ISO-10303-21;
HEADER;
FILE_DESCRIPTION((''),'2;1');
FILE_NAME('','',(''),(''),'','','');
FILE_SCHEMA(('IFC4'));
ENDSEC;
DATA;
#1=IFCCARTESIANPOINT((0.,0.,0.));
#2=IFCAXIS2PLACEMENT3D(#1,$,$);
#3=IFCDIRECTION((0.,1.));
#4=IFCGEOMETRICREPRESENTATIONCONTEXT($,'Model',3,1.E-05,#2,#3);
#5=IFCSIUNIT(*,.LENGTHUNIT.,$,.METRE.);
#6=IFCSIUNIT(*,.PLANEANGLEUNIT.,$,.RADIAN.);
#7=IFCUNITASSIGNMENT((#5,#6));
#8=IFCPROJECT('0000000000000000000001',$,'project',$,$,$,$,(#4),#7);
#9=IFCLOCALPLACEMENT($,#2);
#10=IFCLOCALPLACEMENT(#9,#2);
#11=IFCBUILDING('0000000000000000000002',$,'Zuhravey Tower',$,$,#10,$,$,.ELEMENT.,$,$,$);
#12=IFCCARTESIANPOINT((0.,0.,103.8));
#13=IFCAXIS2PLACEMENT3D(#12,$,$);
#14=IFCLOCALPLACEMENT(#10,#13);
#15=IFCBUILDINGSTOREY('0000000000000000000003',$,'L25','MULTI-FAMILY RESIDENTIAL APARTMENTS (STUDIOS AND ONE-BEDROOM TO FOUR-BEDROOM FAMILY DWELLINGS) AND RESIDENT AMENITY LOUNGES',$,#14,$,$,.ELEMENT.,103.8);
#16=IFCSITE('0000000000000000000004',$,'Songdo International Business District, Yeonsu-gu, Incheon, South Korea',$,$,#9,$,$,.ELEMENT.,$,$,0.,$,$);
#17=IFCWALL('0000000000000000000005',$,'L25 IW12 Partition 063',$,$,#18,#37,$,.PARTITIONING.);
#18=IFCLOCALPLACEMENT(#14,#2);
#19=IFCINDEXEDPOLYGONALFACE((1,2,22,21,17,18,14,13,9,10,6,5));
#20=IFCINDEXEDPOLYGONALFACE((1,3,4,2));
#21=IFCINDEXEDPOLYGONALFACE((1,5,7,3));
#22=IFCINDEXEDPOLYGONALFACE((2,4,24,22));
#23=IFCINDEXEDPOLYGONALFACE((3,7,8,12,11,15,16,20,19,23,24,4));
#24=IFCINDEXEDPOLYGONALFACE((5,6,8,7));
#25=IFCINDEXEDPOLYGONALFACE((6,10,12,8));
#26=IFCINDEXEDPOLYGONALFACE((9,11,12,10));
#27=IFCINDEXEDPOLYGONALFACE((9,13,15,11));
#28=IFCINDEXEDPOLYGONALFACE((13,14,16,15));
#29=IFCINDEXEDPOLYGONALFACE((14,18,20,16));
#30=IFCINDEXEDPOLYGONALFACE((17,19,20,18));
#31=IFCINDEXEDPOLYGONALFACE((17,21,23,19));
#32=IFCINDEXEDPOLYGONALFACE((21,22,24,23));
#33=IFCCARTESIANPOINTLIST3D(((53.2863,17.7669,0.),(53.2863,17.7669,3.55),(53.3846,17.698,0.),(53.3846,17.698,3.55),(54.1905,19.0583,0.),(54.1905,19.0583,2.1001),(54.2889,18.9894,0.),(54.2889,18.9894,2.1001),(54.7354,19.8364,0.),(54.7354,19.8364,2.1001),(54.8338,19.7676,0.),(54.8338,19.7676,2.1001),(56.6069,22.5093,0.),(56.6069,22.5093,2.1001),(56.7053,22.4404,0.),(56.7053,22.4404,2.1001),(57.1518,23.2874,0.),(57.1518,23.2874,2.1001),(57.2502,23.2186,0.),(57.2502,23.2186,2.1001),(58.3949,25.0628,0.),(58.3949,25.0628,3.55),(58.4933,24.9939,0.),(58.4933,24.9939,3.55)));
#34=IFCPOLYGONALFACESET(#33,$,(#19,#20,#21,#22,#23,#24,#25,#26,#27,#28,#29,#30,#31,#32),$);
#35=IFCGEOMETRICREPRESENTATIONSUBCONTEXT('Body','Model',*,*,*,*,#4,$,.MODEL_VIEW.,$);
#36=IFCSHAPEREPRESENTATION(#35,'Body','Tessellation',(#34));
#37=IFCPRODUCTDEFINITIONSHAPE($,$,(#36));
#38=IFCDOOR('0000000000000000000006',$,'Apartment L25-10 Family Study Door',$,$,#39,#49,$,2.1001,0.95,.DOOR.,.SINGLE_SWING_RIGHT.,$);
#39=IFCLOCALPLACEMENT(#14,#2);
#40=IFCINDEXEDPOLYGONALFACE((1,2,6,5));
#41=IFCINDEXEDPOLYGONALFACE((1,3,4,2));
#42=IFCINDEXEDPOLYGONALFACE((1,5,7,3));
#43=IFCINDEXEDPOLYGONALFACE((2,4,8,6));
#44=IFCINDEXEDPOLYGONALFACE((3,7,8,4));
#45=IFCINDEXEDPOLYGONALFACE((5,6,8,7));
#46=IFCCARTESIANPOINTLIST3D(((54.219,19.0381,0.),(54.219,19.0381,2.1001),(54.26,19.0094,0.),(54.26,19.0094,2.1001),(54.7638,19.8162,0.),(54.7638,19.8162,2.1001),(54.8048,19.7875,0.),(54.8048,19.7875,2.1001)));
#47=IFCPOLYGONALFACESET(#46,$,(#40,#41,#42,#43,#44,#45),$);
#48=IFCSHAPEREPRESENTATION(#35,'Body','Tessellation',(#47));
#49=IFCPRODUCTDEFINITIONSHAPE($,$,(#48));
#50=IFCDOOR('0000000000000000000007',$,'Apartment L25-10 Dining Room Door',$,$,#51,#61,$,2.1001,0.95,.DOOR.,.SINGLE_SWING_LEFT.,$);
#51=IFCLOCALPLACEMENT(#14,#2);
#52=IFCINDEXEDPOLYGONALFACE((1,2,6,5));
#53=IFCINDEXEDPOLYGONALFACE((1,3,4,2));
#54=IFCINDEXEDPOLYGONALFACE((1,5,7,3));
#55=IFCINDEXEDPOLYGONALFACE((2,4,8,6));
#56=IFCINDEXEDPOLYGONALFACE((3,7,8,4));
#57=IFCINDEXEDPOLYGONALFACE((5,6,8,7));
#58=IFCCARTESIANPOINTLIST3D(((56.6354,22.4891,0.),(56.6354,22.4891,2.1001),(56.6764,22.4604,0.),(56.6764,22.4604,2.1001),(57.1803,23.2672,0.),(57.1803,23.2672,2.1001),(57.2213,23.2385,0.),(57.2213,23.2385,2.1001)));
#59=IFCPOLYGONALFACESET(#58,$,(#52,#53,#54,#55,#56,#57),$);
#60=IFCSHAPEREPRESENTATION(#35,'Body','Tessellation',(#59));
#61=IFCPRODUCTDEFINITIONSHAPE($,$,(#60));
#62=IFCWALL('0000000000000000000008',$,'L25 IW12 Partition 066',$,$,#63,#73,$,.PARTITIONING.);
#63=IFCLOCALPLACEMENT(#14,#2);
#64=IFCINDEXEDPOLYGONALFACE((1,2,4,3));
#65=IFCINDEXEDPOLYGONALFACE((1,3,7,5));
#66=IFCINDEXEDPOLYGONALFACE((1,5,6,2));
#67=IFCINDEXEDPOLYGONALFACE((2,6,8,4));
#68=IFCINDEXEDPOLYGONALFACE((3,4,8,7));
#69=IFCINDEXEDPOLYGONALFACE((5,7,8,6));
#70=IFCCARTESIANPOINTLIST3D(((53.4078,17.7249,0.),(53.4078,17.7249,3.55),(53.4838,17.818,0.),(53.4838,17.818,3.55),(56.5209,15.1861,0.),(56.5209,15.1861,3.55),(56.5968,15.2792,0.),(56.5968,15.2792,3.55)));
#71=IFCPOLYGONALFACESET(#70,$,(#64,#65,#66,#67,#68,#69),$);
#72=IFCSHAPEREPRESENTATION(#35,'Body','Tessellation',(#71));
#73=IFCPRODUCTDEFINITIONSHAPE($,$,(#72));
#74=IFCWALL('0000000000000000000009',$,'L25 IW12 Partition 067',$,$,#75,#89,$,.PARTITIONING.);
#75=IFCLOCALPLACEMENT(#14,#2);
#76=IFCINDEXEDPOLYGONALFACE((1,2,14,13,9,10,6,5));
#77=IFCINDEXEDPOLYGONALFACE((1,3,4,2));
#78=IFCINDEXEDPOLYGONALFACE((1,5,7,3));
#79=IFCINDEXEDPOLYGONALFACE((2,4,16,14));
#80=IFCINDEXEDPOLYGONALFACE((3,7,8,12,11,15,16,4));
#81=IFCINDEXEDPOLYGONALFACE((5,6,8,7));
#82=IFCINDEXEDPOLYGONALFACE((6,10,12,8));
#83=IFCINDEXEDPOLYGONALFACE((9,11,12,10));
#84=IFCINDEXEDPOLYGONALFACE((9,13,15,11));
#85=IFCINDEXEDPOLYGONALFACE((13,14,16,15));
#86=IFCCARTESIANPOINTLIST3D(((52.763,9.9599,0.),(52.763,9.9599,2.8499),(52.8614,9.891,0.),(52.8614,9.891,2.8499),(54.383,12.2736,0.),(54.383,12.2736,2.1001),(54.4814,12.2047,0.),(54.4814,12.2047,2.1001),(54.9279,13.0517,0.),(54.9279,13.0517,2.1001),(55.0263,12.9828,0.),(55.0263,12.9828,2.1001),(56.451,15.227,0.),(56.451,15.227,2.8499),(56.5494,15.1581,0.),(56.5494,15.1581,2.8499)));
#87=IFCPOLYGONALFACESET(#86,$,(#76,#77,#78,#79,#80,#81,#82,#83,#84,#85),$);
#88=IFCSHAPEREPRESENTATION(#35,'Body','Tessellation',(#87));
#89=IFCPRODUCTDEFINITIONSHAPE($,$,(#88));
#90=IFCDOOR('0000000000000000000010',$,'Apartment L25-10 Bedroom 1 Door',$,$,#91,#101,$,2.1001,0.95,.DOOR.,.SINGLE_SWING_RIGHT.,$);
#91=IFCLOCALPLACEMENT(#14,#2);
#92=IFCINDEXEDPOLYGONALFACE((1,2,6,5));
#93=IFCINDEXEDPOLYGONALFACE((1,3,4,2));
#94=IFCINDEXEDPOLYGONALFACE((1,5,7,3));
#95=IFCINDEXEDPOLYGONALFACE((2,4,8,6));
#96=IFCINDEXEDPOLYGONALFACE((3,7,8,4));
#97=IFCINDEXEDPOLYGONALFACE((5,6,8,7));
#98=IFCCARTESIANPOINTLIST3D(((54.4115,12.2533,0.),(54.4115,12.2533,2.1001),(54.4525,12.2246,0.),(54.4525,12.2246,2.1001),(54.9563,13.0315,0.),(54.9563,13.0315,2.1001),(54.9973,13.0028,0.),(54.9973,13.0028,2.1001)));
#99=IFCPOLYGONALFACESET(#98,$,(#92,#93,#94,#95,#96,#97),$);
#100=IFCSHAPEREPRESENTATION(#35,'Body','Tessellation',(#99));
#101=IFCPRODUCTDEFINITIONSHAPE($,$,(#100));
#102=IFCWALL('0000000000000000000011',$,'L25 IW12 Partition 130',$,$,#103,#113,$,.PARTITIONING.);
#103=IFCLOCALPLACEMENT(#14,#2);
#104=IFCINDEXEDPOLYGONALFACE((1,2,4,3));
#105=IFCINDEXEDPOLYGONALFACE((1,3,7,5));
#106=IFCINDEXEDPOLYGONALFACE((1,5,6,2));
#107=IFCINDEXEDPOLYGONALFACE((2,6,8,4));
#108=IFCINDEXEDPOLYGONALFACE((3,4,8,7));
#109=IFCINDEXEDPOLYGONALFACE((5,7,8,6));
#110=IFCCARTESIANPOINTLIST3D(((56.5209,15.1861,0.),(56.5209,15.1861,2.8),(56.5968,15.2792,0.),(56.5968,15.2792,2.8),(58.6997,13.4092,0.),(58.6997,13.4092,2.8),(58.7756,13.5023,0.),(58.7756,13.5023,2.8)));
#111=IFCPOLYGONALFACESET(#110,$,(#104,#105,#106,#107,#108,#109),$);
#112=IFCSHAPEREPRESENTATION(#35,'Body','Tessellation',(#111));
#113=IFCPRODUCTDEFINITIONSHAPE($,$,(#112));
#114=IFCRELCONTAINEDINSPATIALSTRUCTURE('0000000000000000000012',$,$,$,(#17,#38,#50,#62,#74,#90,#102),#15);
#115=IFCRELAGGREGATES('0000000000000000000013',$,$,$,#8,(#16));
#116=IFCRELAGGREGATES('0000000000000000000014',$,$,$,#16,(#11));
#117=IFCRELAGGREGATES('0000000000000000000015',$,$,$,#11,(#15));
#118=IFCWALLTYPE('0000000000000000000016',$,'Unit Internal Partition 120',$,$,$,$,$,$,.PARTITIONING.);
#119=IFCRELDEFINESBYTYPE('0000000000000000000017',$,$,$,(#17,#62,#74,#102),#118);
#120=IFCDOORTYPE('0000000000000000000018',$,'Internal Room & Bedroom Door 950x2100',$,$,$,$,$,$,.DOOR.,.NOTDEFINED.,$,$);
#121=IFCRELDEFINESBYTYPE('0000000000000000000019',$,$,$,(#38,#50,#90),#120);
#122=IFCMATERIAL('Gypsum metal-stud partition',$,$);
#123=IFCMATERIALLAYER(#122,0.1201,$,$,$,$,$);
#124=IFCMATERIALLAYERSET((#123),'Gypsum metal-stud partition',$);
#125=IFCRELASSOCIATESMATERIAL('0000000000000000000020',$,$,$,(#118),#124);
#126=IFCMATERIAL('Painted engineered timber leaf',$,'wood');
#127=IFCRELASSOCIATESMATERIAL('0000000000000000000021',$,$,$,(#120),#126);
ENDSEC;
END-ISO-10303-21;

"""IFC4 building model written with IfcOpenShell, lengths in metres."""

from ifc_helpers import new_model, si_unit, direction, frame, frame_2d, origin, place, context, subcontext, project, spatial, rectangle, extrude, material, layer, layer_set, type_object, element, fill, save


model = new_model("IFC4")

# Units and contexts
model_context = context("Model", 3, precision=1e-05, world=origin(), true_north=direction((0.0, 1.0)))
body_context = subcontext(model_context, "Body", "Model", "MODEL_VIEW")
ifc_project = project(units=[si_unit("LENGTHUNIT", "METRE"), si_unit("PLANEANGLEUNIT", "RADIAN")], contexts=[model_context])

# Site, building, storey
site_placement = place(None, origin())
site = spatial("IfcSite", under=ifc_project, at=site_placement, Name="Songdo International Business District, Yeonsu-gu, Incheon, South Korea", CompositionType="ELEMENT", RefElevation=0.0)
building_placement = place(site_placement, origin())
building = spatial("IfcBuilding", under=site, at=building_placement, Name="Zuhravey Tower", CompositionType="ELEMENT")
storey_placement = place(building_placement, frame((0.0, 0.0, 103.8)))
storey = spatial("IfcBuildingStorey", under=building, at=storey_placement, Name="L25", Description="MULTI-FAMILY RESIDENTIAL APARTMENTS (STUDIOS AND ONE-BEDROOM TO FOUR-BEDROOM FAMILY DWELLINGS) AND RESIDENT AMENITY LOUNGES", CompositionType="ELEMENT", Elevation=103.8)

# Wall, openings, doors
ifc_material_1 = material(Name="Gypsum metal-stud partition")
ifc_layer_1 = layer(ifc_material_1, 0.1201)
ifc_layer_set_1 = layer_set([ifc_layer_1], Name="Gypsum metal-stud partition")
wall_type_1 = type_object("IfcWallType", Name="Unit Internal Partition 120", PredefinedType="PARTITIONING", material=ifc_layer_set_1)
wall_1_placement = place(storey_placement, frame((53.3354, 17.7324, 0.0), z_axis=(0.0, 0.0, 1.0), x_axis=(0.573576, 0.819152, 0.0)))
wall_1 = element("IfcWall", 1, at=wall_1_placement, inside=storey, type_object=wall_type_1, Name="L25 IW12 Partition 063", PredefinedType="PARTITIONING", context=body_context, shape_type="SweptSolid", body=[
    extrude(rectangle(XDim=8.9067, YDim=0.1201, at=frame_2d((4.4534, 0.0))), origin(), (0.0, 0.0, 1.0), 3.55),
])
opening_1_placement = place(wall_1_placement, frame((1.5764, 0.0, 0.0)))
opening_1 = element("IfcOpeningElement", 2, at=opening_1_placement, cuts=wall_1, PredefinedType="OPENING", context=body_context, shape_type="SweptSolid", body=[
    extrude(rectangle(XDim=0.95, YDim=2.1001, at=frame_2d((0.4751, 1.05))), frame((0.0, 0.072, 0.0), z_axis=(0.0, -1.0, 0.0), x_axis=(1.0, 0.0, 0.0)), (0.0, 0.0, 1.0), 0.144),
])
opening_2_placement = place(wall_1_placement, frame((5.7893, 0.0, 0.0)))
opening_2 = element("IfcOpeningElement", 3, at=opening_2_placement, cuts=wall_1, PredefinedType="OPENING", context=body_context, shape_type="SweptSolid", body=[
    extrude(rectangle(XDim=0.95, YDim=2.1001, at=frame_2d((0.4751, 1.05))), frame((0.0, 0.072, 0.0), z_axis=(0.0, -1.0, 0.0), x_axis=(1.0, 0.0, 0.0)), (0.0, 0.0, 1.0), 0.144),
])
ifc_material_2 = material(Name="Painted engineered timber leaf", Category="wood")
door_type = type_object("IfcDoorType", Name="Internal Room & Bedroom Door 950x2100", OperationType="NOTDEFINED", PredefinedType="DOOR", material=ifc_material_2)
door_1_placement = place(opening_1_placement, frame((0.95, 0.0, 0.0), z_axis=(0.0, 0.0, 1.0), x_axis=(-1.0, 0.0, 0.0)))
door_1 = element("IfcDoor", 4, at=door_1_placement, inside=storey, type_object=door_type, Name="Apartment L25-10 Family Study Door", OperationType="SINGLE_SWING_RIGHT", OverallHeight=2.1001, OverallWidth=0.95, PredefinedType="DOOR", context=body_context, shape_type="SweptSolid", body=[
    extrude(rectangle(XDim=0.95, YDim=2.1001, at=frame_2d((0.4751, 1.05))), frame((0.0, 0.0249, 0.0), z_axis=(0.0, -1.0, 0.0), x_axis=(1.0, 0.0, 0.0)), (0.0, 0.0, 1.0), 0.05),
])
fill(opening_1, door_1)
door_2_placement = place(opening_2_placement, frame((0.95, 0.0, 0.0), z_axis=(0.0, 0.0, 1.0), x_axis=(-1.0, 0.0, 0.0)))
door_2 = element("IfcDoor", 5, at=door_2_placement, inside=storey, type_object=door_type, Name="Apartment L25-10 Dining Room Door", OperationType="SINGLE_SWING_LEFT", OverallHeight=2.1001, OverallWidth=0.95, PredefinedType="DOOR", context=body_context, shape_type="SweptSolid", body=[
    extrude(rectangle(XDim=0.95, YDim=2.1001, at=frame_2d((0.4751, 1.05))), frame((0.0, 0.0249, 0.0), z_axis=(0.0, -1.0, 0.0), x_axis=(1.0, 0.0, 0.0)), (0.0, 0.0, 1.0), 0.05),
])
fill(opening_2, door_2)

# Wall
wall_2_placement = place(storey_placement, frame((53.4458, 17.7715, 0.0), z_axis=(0.0, 0.0, 1.0), x_axis=(0.774958, -0.632012, 0.0)))
element("IfcWall", 6, at=wall_2_placement, inside=storey, type_object=wall_type_1, Name="L25 IW12 Partition 066", PredefinedType="PARTITIONING", context=body_context, shape_type="SweptSolid", body=[
    extrude(rectangle(XDim=4.0171, YDim=0.1201, at=frame_2d((2.0085, 0.0))), origin(), (0.0, 0.0, 1.0), 3.55),
])

# Wall, opening, door
wall_3_placement = place(storey_placement, frame((52.8123, 9.9255, 0.0), z_axis=(0.0, 0.0, 1.0), x_axis=(0.573569, 0.819157, 0.0)))
wall_3 = element("IfcWall", 7, at=wall_3_placement, inside=storey, type_object=wall_type_1, Name="L25 IW12 Partition 067", PredefinedType="PARTITIONING", context=body_context, shape_type="SweptSolid", body=[
    extrude(rectangle(XDim=6.4299, YDim=0.1201, at=frame_2d((3.2148, 0.0))), origin(), (0.0, 0.0, 1.0), 2.8499),
])
opening_3_placement = place(wall_3_placement, frame((2.8242, 0.0, 0.0)))
opening_3 = element("IfcOpeningElement", 8, at=opening_3_placement, cuts=wall_3, PredefinedType="OPENING", context=body_context, shape_type="SweptSolid", body=[
    extrude(rectangle(XDim=0.95, YDim=2.1001, at=frame_2d((0.4751, 1.05))), frame((0.0, 0.072, 0.0), z_axis=(0.0, -1.0, 0.0), x_axis=(1.0, 0.0, 0.0)), (0.0, 0.0, 1.0), 0.144),
])
door_3_placement = place(opening_3_placement, frame((0.95, 0.0, 0.0), z_axis=(0.0, 0.0, 1.0), x_axis=(-1.0, 0.0, 0.0)))
door_3 = element("IfcDoor", 9, at=door_3_placement, inside=storey, type_object=door_type, Name="Apartment L25-10 Bedroom 1 Door", OperationType="SINGLE_SWING_RIGHT", OverallHeight=2.1001, OverallWidth=0.95, PredefinedType="DOOR", context=body_context, shape_type="SweptSolid", body=[
    extrude(rectangle(XDim=0.95, YDim=2.1001, at=frame_2d((0.4751, 1.05))), frame((0.0, 0.0249, 0.0), z_axis=(0.0, -1.0, 0.0), x_axis=(1.0, 0.0, 0.0)), (0.0, 0.0, 1.0), 0.05),
])
fill(opening_3, door_3)

# Wall
wall_4_placement = place(storey_placement, frame((56.5588, 15.2327, 0.0), z_axis=(0.0, 0.0, 1.0), x_axis=(0.774955, -0.632017, 0.0)))
element("IfcWall", 10, at=wall_4_placement, inside=storey, type_object=wall_type_1, Name="L25 IW12 Partition 130", PredefinedType="PARTITIONING", context=body_context, shape_type="SweptSolid", body=[
    extrude(rectangle(XDim=2.8115, YDim=0.1201, at=frame_2d((1.4058, 0.0))), origin(), (0.0, 0.0, 1.0), 2.8),
])

save(model, "model.ifc")
